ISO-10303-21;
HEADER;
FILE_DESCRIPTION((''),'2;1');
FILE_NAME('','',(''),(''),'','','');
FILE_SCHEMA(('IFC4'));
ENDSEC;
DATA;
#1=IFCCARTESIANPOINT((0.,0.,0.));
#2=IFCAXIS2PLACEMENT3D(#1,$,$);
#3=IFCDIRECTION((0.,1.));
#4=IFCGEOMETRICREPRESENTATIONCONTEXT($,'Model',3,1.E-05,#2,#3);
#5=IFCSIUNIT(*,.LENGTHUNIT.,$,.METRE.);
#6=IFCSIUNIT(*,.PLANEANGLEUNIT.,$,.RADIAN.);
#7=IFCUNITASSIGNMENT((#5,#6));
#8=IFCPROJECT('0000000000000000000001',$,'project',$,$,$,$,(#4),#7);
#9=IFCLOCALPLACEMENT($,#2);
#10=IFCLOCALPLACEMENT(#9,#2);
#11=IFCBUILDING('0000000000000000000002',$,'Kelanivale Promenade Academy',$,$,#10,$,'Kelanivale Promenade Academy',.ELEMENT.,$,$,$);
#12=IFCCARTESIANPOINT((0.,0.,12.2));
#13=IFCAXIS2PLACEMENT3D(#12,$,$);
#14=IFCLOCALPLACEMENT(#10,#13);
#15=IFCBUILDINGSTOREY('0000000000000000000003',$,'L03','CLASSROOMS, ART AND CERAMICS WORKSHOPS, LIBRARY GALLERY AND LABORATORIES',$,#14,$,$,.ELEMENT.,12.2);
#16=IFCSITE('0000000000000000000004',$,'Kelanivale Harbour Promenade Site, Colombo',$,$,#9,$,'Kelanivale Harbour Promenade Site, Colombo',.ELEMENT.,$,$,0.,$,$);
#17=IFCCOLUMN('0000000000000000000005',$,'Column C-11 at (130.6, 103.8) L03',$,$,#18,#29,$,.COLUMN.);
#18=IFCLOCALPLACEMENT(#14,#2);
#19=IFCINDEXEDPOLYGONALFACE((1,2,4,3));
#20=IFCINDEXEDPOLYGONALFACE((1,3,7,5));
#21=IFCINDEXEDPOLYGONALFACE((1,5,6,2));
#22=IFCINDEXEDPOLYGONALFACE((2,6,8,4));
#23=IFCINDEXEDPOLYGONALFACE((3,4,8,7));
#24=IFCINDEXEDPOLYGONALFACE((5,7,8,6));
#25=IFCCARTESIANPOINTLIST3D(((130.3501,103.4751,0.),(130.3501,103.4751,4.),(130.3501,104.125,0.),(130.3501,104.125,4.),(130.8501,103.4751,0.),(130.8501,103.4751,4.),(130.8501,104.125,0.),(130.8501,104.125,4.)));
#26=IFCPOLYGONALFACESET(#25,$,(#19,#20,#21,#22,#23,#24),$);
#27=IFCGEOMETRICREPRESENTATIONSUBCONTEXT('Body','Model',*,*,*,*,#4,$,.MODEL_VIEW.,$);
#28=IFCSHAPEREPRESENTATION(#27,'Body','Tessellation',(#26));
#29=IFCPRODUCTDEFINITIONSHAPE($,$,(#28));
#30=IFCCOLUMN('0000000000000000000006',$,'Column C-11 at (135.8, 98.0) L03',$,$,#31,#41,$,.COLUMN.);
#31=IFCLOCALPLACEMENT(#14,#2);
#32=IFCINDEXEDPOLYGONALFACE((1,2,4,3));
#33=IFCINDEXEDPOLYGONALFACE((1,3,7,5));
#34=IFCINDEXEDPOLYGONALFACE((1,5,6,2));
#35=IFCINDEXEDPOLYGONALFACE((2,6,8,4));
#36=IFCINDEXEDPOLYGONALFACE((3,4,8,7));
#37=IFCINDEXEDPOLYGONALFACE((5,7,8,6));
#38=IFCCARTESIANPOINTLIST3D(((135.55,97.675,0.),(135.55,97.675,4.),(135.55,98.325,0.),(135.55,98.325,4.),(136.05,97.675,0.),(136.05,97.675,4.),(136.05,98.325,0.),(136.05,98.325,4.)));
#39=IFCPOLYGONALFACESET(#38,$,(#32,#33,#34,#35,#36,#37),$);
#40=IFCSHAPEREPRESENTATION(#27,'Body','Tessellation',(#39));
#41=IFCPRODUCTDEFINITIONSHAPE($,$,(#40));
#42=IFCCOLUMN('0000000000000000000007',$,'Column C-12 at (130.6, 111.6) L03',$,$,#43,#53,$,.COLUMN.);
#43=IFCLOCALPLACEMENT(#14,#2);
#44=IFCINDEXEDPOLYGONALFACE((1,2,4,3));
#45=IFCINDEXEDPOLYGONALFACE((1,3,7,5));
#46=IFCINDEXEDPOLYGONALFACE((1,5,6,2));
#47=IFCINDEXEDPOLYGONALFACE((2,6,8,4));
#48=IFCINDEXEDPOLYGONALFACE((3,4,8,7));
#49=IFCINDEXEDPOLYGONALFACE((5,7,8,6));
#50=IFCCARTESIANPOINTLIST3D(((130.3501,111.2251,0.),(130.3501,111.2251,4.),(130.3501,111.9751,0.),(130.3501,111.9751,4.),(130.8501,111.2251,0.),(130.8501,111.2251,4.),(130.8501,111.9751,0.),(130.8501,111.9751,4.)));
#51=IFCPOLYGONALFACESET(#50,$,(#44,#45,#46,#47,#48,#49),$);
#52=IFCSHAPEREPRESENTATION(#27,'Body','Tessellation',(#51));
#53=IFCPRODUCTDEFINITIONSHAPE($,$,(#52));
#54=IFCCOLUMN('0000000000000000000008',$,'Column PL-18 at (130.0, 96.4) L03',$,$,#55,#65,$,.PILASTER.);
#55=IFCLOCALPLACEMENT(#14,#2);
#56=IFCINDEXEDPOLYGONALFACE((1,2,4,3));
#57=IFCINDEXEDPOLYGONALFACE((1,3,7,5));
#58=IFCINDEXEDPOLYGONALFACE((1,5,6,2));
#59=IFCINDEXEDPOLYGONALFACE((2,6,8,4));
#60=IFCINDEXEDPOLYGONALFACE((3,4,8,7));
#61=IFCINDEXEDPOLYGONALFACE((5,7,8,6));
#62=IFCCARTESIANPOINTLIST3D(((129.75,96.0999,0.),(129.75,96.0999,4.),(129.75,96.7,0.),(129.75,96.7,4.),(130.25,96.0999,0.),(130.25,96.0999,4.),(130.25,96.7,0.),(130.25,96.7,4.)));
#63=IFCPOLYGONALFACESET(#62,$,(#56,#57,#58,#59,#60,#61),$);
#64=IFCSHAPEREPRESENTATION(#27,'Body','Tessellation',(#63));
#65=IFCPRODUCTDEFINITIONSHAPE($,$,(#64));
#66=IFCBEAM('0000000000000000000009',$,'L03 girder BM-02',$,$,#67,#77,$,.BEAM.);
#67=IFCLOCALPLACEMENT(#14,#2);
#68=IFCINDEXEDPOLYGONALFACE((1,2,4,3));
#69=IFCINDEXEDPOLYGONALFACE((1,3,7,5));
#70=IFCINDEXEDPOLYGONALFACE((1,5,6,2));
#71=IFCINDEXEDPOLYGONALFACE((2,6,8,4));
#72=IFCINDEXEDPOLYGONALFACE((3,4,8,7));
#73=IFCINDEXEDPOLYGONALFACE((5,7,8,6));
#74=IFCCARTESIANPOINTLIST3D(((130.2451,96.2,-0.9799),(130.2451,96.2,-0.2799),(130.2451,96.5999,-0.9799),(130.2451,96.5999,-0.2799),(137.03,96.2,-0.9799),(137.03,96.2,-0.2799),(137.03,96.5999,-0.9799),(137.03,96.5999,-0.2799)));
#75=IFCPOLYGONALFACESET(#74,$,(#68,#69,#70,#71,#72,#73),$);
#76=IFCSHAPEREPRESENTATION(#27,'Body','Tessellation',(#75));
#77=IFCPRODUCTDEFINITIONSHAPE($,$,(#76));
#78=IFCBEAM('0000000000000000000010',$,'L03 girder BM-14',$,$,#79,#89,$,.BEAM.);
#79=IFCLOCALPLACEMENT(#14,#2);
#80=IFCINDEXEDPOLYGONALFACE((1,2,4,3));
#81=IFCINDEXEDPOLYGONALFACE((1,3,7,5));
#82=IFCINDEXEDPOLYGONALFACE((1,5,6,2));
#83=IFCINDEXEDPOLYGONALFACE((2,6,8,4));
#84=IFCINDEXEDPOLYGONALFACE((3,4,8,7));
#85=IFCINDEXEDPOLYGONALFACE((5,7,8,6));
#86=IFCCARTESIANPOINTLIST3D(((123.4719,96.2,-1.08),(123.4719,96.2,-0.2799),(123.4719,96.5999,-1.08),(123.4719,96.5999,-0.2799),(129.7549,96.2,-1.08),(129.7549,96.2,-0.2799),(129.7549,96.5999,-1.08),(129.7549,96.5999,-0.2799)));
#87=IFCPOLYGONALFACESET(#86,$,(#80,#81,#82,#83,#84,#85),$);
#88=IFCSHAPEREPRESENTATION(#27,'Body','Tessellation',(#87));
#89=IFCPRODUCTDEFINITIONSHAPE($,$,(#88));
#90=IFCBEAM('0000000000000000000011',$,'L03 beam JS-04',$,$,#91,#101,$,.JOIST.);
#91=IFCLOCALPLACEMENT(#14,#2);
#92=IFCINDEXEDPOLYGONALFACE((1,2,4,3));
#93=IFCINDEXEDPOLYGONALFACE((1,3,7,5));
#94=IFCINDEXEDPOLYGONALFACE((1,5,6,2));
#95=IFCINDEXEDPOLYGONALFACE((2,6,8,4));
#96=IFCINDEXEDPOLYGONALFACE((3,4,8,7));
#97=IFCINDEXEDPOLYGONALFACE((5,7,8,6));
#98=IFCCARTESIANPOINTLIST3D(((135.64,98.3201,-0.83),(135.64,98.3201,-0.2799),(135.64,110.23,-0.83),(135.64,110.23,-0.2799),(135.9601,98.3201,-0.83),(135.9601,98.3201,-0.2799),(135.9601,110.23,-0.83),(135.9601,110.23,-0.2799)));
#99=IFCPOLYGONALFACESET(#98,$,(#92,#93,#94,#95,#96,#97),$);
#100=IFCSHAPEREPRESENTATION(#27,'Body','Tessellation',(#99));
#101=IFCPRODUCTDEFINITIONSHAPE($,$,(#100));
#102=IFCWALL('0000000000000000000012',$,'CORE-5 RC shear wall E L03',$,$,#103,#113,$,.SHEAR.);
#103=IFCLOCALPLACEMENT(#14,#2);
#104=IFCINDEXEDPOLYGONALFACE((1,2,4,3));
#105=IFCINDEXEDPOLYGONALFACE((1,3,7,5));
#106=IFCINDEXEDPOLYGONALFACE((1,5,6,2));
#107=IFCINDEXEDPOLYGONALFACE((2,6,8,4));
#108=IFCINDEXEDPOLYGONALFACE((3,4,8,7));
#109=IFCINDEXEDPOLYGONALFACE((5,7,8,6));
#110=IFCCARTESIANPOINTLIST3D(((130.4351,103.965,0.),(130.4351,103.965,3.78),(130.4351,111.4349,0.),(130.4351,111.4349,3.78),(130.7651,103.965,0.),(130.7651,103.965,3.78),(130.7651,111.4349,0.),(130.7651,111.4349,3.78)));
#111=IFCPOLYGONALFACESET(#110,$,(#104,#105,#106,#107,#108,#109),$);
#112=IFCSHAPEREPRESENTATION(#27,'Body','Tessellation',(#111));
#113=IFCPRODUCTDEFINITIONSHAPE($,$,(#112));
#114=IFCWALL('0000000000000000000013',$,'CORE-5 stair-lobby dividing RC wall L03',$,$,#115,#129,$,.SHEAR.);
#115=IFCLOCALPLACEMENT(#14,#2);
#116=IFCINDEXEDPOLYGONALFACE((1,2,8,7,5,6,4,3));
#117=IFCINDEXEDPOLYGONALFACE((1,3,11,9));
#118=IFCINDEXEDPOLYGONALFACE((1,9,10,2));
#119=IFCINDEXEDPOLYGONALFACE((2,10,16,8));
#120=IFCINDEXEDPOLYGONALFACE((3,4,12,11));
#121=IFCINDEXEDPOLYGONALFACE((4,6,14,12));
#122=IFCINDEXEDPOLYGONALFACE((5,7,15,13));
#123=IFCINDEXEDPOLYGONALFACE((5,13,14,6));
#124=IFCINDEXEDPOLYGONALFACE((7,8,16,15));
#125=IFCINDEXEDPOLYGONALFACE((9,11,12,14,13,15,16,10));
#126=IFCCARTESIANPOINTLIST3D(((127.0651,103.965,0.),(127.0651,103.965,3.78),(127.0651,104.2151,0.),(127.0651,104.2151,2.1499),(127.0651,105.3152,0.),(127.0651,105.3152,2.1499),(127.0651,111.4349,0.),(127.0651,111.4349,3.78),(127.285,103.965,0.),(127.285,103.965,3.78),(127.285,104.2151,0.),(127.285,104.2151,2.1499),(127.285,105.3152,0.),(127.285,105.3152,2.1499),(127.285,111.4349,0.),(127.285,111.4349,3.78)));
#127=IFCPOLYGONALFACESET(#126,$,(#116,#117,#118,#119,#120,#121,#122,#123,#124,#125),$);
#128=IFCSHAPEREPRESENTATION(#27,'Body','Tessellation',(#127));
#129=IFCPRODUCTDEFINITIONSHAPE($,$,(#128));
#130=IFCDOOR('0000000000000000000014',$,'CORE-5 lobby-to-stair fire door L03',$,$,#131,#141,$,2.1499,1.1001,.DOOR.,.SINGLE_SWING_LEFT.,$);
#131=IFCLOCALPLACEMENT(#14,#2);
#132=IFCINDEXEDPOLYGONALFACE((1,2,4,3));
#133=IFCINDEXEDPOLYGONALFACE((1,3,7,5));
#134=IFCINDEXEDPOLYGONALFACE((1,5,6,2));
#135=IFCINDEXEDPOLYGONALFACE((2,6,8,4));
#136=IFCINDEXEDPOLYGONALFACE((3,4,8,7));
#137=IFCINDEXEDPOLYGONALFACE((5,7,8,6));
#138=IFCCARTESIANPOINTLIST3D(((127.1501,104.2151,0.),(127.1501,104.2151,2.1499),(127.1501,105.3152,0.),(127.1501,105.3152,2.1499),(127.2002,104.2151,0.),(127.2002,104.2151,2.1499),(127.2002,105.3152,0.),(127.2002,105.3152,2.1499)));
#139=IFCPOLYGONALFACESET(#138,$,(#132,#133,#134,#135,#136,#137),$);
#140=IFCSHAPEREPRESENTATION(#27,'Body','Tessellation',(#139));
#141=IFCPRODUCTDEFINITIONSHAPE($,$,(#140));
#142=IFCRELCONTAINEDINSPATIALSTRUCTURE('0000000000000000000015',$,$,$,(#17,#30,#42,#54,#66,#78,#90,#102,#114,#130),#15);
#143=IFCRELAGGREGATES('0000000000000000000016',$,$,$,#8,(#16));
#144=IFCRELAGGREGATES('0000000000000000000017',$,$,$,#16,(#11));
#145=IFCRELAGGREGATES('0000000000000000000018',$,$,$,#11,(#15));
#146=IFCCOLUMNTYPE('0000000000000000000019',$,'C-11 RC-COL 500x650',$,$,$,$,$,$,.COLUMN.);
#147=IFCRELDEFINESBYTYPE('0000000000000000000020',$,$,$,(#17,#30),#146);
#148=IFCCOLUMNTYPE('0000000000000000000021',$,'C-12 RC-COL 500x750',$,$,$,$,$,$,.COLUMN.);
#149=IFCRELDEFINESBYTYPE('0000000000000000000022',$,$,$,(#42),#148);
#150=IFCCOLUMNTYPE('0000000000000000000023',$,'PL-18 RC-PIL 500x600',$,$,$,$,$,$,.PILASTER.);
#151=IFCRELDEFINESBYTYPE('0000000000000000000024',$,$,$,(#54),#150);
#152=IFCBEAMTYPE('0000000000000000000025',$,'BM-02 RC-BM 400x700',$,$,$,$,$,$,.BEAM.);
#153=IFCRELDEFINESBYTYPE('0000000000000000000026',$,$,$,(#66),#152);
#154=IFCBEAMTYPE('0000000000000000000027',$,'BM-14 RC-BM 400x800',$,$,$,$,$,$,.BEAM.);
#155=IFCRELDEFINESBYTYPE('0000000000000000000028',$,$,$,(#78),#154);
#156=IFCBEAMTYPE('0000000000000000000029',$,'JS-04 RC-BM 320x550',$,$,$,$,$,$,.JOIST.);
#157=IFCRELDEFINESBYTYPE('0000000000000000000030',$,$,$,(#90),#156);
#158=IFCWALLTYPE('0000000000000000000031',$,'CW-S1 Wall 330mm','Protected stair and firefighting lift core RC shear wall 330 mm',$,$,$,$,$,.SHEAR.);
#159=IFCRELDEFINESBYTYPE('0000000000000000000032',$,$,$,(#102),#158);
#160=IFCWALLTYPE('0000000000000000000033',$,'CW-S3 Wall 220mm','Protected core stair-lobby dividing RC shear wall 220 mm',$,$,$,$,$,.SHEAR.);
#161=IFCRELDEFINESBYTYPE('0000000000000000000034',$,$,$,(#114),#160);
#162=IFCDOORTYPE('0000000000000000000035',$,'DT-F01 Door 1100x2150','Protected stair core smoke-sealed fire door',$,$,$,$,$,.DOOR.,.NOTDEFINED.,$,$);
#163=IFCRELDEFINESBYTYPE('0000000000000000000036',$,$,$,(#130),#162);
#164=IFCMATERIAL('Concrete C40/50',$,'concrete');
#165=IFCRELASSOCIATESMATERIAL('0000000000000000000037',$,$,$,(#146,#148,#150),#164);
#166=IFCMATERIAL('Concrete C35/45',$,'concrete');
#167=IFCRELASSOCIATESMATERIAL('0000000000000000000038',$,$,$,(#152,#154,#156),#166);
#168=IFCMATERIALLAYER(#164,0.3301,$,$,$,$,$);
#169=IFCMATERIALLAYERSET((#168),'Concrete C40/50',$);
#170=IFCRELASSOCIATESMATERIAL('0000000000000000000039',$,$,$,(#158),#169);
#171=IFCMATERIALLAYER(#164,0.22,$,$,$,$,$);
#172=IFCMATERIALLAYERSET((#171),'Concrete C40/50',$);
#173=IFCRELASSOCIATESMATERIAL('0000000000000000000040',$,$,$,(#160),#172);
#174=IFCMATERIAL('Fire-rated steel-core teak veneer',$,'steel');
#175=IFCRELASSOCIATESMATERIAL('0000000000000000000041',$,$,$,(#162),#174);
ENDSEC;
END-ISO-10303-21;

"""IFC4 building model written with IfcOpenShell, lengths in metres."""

from ifc_helpers import new_model, si_unit, direction, frame, frame_2d, origin, origin_2d, place, context, subcontext, project, spatial, rectangle, extrude, material, layer, layer_set, material_profile, profile_set, type_object, element, fill, save


model = new_model("IFC4")

# Units and contexts
model_context = context("Model", 3, precision=1e-05, world=origin(), true_north=direction((0.0, 1.0)))
body_context = subcontext(model_context, "Body", "Model", "MODEL_VIEW")
ifc_project = project(units=[si_unit("LENGTHUNIT", "METRE"), si_unit("PLANEANGLEUNIT", "RADIAN")], contexts=[model_context])

# Site, building, storey
site_placement = place(None, origin())
site = spatial("IfcSite", under=ifc_project, at=site_placement, Name="Kelanivale Harbour Promenade Site, Colombo", LongName="Kelanivale Harbour Promenade Site, Colombo", CompositionType="ELEMENT", RefElevation=0.0)
building_placement = place(site_placement, origin())
building = spatial("IfcBuilding", under=site, at=building_placement, Name="Kelanivale Promenade Academy", LongName="Kelanivale Promenade Academy", CompositionType="ELEMENT")
storey_placement = place(building_placement, frame((0.0, 0.0, 12.2)))
storey = spatial("IfcBuildingStorey", under=building, at=storey_placement, Name="L03", Description="CLASSROOMS, ART AND CERAMICS WORKSHOPS, LIBRARY GALLERY AND LABORATORIES", CompositionType="ELEMENT", Elevation=12.2)

# Columns
ifc_material_1 = material(Name="Concrete C40/50", Category="concrete")
ifc_material_profile_1 = material_profile(ifc_material_1, rectangle(XDim=0.5, YDim=0.6499, at=origin_2d()), Name="RC-COL 500x650")
ifc_profile_set_1 = profile_set([ifc_material_profile_1], Name="Concrete C40/50")
column_type_1 = type_object("IfcColumnType", Name="C-11 RC-COL 500x650", PredefinedType="COLUMN", material=ifc_profile_set_1)
for number, where, z_axis, x_axis, name in (
    (1, (130.6001, 103.8, 0.0), (0.0, 0.0, 1.0), (1.0, 0.0, 0.0), "Column C-11 at (130.6, 103.8) L03"),
    (2, (135.8, 98.0, 0.0), (0.0, 0.0, 1.0), (1.0, 0.0, 0.0), "Column C-11 at (135.8, 98.0) L03"),
):
    element("IfcColumn", number, at=place(storey_placement, frame(where, z_axis=z_axis, x_axis=x_axis)), inside=storey, type_object=column_type_1, Name=name, PredefinedType="COLUMN", context=body_context, shape_type="SweptSolid", body=[
        extrude(rectangle(XDim=0.5, YDim=0.6499, at=origin_2d()), origin(), (0.0, 0.0, 1.0), 4.0),
    ])
ifc_material_profile_2 = material_profile(ifc_material_1, rectangle(XDim=0.5, YDim=0.75, at=origin_2d()), Name="RC-COL 500x750")
ifc_profile_set_2 = profile_set([ifc_material_profile_2], Name="Concrete C40/50")
column_type_2 = type_object("IfcColumnType", Name="C-12 RC-COL 500x750", PredefinedType="COLUMN", material=ifc_profile_set_2)
column_1_placement = place(storey_placement, frame((130.6001, 111.6001, 0.0), z_axis=(0.0, 0.0, 1.0), x_axis=(1.0, 0.0, 0.0)))
element("IfcColumn", 3, at=column_1_placement, inside=storey, type_object=column_type_2, Name="Column C-12 at (130.6, 111.6) L03", PredefinedType="COLUMN", context=body_context, shape_type="SweptSolid", body=[
    extrude(rectangle(XDim=0.5, YDim=0.75, at=origin_2d()), origin(), (0.0, 0.0, 1.0), 4.0),
])
ifc_material_profile_3 = material_profile(ifc_material_1, rectangle(XDim=0.5, YDim=0.6001, at=origin_2d()), Name="RC-PIL 500x600")
ifc_profile_set_3 = profile_set([ifc_material_profile_3], Name="Concrete C40/50")
column_type_3 = type_object("IfcColumnType", Name="PL-18 RC-PIL 500x600", PredefinedType="PILASTER", material=ifc_profile_set_3)
column_2_placement = place(storey_placement, frame((130.0, 96.3999, 0.0), z_axis=(0.0, 0.0, 1.0), x_axis=(1.0, 0.0, 0.0)))
element("IfcColumn", 4, at=column_2_placement, inside=storey, type_object=column_type_3, Name="Column PL-18 at (130.0, 96.4) L03", PredefinedType="PILASTER", context=body_context, shape_type="SweptSolid", body=[
    extrude(rectangle(XDim=0.5, YDim=0.6001, at=origin_2d()), origin(), (0.0, 0.0, 1.0), 4.0),
])

# Beams
ifc_material_2 = material(Name="Concrete C35/45", Category="concrete")
ifc_material_profile_4 = material_profile(ifc_material_2, rectangle(XDim=0.3999, YDim=0.7, at=origin_2d()), Name="RC-BM 400x700")
ifc_profile_set_4 = profile_set([ifc_material_profile_4], Name="Concrete C35/45")
beam_type_1 = type_object("IfcBeamType", Name="BM-02 RC-BM 400x700", PredefinedType="BEAM", material=ifc_profile_set_4)
beam_1_placement = place(storey_placement, frame((130.2451, 96.3999, -0.6299), z_axis=(1.0, 0.0, 0.0), x_axis=(0.0, 1.0, 0.0)))
element("IfcBeam", 5, at=beam_1_placement, inside=storey, type_object=beam_type_1, Name="L03 girder BM-02", PredefinedType="BEAM", context=body_context, shape_type="SweptSolid", body=[
    extrude(rectangle(XDim=0.3999, YDim=0.7, at=origin_2d()), origin(), (0.0, 0.0, 1.0), 6.7849),
])
ifc_material_profile_5 = material_profile(ifc_material_2, rectangle(XDim=0.3999, YDim=0.8, at=origin_2d()), Name="RC-BM 400x800")
ifc_profile_set_5 = profile_set([ifc_material_profile_5], Name="Concrete C35/45")
beam_type_2 = type_object("IfcBeamType", Name="BM-14 RC-BM 400x800", PredefinedType="BEAM", material=ifc_profile_set_5)
beam_2_placement = place(storey_placement, frame((123.4719, 96.3999, -0.6799), z_axis=(1.0, 0.0, 0.0), x_axis=(0.0, 1.0, 0.0)))
element("IfcBeam", 6, at=beam_2_placement, inside=storey, type_object=beam_type_2, Name="L03 girder BM-14", PredefinedType="BEAM", context=body_context, shape_type="SweptSolid", body=[
    extrude(rectangle(XDim=0.3999, YDim=0.8, at=origin_2d()), origin(), (0.0, 0.0, 1.0), 6.283),
])
ifc_material_profile_6 = material_profile(ifc_material_2, rectangle(XDim=0.3201, YDim=0.55, at=origin_2d()), Name="RC-BM 320x550")
ifc_profile_set_6 = profile_set([ifc_material_profile_6], Name="Concrete C35/45")
beam_type_3 = type_object("IfcBeamType", Name="JS-04 RC-BM 320x550", PredefinedType="JOIST", material=ifc_profile_set_6)
beam_3_placement = place(storey_placement, frame((135.8, 98.3201, -0.5549), z_axis=(0.0, 1.0, 0.0), x_axis=(-1.0, 0.0, 0.0)))
element("IfcBeam", 7, at=beam_3_placement, inside=storey, type_object=beam_type_3, Name="L03 beam JS-04", PredefinedType="JOIST", context=body_context, shape_type="SweptSolid", body=[
    extrude(rectangle(XDim=0.3201, YDim=0.55, at=origin_2d()), origin(), (0.0, 0.0, 1.0), 11.9099),
])

# Wall
ifc_layer_1 = layer(ifc_material_1, 0.3301)
ifc_layer_set_1 = layer_set([ifc_layer_1], Name="Concrete C40/50")
wall_type_1 = type_object("IfcWallType", Name="CW-S1 Wall 330mm", Description="Protected stair and firefighting lift core RC shear wall 330 mm", PredefinedType="SHEAR", material=ifc_layer_set_1)
wall_1_placement = place(storey_placement, frame((130.6001, 103.9651, 0.0), z_axis=(0.0, 0.0, 1.0), x_axis=(0.0, 1.0, 0.0)))
element("IfcWall", 8, at=wall_1_placement, inside=storey, type_object=wall_type_1, Name="CORE-5 RC shear wall E L03", PredefinedType="SHEAR", context=body_context, shape_type="SweptSolid", body=[
    extrude(rectangle(XDim=7.47, YDim=0.3301, at=frame_2d((3.7349, 0.0))), origin(), (0.0, 0.0, 1.0), 3.78),
])

# Shared definitions
ifc_material_3 = material(Name="Fire-rated steel-core teak veneer", Category="steel")

# Wall, opening, door
ifc_layer_2 = layer(ifc_material_1, 0.22)
ifc_layer_set_2 = layer_set([ifc_layer_2], Name="Concrete C40/50")
wall_type_2 = type_object("IfcWallType", Name="CW-S3 Wall 220mm", Description="Protected core stair-lobby dividing RC shear wall 220 mm", PredefinedType="SHEAR", material=ifc_layer_set_2)
wall_2_placement = place(storey_placement, frame((127.175, 103.9651, 0.0), z_axis=(0.0, 0.0, 1.0), x_axis=(0.0, 1.0, 0.0)))
wall_2 = element("IfcWall", 9, at=wall_2_placement, inside=storey, type_object=wall_type_2, Name="CORE-5 stair-lobby dividing RC wall L03", PredefinedType="SHEAR", context=body_context, shape_type="SweptSolid", body=[
    extrude(rectangle(XDim=7.47, YDim=0.22, at=frame_2d((3.7349, 0.0))), origin(), (0.0, 0.0, 1.0), 3.78),
])
opening_1_placement = place(wall_2_placement, frame((0.25, 0.0, 0.0)))
opening_1 = element("IfcOpeningElement", 10, at=opening_1_placement, cuts=wall_2, PredefinedType="OPENING", context=body_context, shape_type="SweptSolid", body=[
    extrude(rectangle(XDim=1.1001, YDim=2.1499, at=frame_2d((0.55, 1.075))), frame((0.0, 0.1201, 0.0), z_axis=(0.0, -1.0, 0.0), x_axis=(1.0, 0.0, 0.0)), (0.0, 0.0, 1.0), 0.24),
])
door_type_1 = type_object("IfcDoorType", Name="DT-F01 Door 1100x2150", Description="Protected stair core smoke-sealed fire door", OperationType="NOTDEFINED", PredefinedType="DOOR", material=ifc_material_3)
door_1_placement = place(opening_1_placement, origin())
door_1 = element("IfcDoor", 11, at=door_1_placement, inside=storey, type_object=door_type_1, Name="CORE-5 lobby-to-stair fire door L03", OperationType="SINGLE_SWING_LEFT", OverallHeight=2.1499, OverallWidth=1.1001, PredefinedType="DOOR", context=body_context, shape_type="SweptSolid", body=[
    extrude(rectangle(XDim=1.1001, YDim=2.1499, at=frame_2d((0.55, 1.075))), frame((0.0, 0.0249, 0.0), z_axis=(0.0, -1.0, 0.0), x_axis=(1.0, 0.0, 0.0)), (0.0, 0.0, 1.0), 0.05),
])
fill(opening_1, door_1)

save(model, "model.ifc")
